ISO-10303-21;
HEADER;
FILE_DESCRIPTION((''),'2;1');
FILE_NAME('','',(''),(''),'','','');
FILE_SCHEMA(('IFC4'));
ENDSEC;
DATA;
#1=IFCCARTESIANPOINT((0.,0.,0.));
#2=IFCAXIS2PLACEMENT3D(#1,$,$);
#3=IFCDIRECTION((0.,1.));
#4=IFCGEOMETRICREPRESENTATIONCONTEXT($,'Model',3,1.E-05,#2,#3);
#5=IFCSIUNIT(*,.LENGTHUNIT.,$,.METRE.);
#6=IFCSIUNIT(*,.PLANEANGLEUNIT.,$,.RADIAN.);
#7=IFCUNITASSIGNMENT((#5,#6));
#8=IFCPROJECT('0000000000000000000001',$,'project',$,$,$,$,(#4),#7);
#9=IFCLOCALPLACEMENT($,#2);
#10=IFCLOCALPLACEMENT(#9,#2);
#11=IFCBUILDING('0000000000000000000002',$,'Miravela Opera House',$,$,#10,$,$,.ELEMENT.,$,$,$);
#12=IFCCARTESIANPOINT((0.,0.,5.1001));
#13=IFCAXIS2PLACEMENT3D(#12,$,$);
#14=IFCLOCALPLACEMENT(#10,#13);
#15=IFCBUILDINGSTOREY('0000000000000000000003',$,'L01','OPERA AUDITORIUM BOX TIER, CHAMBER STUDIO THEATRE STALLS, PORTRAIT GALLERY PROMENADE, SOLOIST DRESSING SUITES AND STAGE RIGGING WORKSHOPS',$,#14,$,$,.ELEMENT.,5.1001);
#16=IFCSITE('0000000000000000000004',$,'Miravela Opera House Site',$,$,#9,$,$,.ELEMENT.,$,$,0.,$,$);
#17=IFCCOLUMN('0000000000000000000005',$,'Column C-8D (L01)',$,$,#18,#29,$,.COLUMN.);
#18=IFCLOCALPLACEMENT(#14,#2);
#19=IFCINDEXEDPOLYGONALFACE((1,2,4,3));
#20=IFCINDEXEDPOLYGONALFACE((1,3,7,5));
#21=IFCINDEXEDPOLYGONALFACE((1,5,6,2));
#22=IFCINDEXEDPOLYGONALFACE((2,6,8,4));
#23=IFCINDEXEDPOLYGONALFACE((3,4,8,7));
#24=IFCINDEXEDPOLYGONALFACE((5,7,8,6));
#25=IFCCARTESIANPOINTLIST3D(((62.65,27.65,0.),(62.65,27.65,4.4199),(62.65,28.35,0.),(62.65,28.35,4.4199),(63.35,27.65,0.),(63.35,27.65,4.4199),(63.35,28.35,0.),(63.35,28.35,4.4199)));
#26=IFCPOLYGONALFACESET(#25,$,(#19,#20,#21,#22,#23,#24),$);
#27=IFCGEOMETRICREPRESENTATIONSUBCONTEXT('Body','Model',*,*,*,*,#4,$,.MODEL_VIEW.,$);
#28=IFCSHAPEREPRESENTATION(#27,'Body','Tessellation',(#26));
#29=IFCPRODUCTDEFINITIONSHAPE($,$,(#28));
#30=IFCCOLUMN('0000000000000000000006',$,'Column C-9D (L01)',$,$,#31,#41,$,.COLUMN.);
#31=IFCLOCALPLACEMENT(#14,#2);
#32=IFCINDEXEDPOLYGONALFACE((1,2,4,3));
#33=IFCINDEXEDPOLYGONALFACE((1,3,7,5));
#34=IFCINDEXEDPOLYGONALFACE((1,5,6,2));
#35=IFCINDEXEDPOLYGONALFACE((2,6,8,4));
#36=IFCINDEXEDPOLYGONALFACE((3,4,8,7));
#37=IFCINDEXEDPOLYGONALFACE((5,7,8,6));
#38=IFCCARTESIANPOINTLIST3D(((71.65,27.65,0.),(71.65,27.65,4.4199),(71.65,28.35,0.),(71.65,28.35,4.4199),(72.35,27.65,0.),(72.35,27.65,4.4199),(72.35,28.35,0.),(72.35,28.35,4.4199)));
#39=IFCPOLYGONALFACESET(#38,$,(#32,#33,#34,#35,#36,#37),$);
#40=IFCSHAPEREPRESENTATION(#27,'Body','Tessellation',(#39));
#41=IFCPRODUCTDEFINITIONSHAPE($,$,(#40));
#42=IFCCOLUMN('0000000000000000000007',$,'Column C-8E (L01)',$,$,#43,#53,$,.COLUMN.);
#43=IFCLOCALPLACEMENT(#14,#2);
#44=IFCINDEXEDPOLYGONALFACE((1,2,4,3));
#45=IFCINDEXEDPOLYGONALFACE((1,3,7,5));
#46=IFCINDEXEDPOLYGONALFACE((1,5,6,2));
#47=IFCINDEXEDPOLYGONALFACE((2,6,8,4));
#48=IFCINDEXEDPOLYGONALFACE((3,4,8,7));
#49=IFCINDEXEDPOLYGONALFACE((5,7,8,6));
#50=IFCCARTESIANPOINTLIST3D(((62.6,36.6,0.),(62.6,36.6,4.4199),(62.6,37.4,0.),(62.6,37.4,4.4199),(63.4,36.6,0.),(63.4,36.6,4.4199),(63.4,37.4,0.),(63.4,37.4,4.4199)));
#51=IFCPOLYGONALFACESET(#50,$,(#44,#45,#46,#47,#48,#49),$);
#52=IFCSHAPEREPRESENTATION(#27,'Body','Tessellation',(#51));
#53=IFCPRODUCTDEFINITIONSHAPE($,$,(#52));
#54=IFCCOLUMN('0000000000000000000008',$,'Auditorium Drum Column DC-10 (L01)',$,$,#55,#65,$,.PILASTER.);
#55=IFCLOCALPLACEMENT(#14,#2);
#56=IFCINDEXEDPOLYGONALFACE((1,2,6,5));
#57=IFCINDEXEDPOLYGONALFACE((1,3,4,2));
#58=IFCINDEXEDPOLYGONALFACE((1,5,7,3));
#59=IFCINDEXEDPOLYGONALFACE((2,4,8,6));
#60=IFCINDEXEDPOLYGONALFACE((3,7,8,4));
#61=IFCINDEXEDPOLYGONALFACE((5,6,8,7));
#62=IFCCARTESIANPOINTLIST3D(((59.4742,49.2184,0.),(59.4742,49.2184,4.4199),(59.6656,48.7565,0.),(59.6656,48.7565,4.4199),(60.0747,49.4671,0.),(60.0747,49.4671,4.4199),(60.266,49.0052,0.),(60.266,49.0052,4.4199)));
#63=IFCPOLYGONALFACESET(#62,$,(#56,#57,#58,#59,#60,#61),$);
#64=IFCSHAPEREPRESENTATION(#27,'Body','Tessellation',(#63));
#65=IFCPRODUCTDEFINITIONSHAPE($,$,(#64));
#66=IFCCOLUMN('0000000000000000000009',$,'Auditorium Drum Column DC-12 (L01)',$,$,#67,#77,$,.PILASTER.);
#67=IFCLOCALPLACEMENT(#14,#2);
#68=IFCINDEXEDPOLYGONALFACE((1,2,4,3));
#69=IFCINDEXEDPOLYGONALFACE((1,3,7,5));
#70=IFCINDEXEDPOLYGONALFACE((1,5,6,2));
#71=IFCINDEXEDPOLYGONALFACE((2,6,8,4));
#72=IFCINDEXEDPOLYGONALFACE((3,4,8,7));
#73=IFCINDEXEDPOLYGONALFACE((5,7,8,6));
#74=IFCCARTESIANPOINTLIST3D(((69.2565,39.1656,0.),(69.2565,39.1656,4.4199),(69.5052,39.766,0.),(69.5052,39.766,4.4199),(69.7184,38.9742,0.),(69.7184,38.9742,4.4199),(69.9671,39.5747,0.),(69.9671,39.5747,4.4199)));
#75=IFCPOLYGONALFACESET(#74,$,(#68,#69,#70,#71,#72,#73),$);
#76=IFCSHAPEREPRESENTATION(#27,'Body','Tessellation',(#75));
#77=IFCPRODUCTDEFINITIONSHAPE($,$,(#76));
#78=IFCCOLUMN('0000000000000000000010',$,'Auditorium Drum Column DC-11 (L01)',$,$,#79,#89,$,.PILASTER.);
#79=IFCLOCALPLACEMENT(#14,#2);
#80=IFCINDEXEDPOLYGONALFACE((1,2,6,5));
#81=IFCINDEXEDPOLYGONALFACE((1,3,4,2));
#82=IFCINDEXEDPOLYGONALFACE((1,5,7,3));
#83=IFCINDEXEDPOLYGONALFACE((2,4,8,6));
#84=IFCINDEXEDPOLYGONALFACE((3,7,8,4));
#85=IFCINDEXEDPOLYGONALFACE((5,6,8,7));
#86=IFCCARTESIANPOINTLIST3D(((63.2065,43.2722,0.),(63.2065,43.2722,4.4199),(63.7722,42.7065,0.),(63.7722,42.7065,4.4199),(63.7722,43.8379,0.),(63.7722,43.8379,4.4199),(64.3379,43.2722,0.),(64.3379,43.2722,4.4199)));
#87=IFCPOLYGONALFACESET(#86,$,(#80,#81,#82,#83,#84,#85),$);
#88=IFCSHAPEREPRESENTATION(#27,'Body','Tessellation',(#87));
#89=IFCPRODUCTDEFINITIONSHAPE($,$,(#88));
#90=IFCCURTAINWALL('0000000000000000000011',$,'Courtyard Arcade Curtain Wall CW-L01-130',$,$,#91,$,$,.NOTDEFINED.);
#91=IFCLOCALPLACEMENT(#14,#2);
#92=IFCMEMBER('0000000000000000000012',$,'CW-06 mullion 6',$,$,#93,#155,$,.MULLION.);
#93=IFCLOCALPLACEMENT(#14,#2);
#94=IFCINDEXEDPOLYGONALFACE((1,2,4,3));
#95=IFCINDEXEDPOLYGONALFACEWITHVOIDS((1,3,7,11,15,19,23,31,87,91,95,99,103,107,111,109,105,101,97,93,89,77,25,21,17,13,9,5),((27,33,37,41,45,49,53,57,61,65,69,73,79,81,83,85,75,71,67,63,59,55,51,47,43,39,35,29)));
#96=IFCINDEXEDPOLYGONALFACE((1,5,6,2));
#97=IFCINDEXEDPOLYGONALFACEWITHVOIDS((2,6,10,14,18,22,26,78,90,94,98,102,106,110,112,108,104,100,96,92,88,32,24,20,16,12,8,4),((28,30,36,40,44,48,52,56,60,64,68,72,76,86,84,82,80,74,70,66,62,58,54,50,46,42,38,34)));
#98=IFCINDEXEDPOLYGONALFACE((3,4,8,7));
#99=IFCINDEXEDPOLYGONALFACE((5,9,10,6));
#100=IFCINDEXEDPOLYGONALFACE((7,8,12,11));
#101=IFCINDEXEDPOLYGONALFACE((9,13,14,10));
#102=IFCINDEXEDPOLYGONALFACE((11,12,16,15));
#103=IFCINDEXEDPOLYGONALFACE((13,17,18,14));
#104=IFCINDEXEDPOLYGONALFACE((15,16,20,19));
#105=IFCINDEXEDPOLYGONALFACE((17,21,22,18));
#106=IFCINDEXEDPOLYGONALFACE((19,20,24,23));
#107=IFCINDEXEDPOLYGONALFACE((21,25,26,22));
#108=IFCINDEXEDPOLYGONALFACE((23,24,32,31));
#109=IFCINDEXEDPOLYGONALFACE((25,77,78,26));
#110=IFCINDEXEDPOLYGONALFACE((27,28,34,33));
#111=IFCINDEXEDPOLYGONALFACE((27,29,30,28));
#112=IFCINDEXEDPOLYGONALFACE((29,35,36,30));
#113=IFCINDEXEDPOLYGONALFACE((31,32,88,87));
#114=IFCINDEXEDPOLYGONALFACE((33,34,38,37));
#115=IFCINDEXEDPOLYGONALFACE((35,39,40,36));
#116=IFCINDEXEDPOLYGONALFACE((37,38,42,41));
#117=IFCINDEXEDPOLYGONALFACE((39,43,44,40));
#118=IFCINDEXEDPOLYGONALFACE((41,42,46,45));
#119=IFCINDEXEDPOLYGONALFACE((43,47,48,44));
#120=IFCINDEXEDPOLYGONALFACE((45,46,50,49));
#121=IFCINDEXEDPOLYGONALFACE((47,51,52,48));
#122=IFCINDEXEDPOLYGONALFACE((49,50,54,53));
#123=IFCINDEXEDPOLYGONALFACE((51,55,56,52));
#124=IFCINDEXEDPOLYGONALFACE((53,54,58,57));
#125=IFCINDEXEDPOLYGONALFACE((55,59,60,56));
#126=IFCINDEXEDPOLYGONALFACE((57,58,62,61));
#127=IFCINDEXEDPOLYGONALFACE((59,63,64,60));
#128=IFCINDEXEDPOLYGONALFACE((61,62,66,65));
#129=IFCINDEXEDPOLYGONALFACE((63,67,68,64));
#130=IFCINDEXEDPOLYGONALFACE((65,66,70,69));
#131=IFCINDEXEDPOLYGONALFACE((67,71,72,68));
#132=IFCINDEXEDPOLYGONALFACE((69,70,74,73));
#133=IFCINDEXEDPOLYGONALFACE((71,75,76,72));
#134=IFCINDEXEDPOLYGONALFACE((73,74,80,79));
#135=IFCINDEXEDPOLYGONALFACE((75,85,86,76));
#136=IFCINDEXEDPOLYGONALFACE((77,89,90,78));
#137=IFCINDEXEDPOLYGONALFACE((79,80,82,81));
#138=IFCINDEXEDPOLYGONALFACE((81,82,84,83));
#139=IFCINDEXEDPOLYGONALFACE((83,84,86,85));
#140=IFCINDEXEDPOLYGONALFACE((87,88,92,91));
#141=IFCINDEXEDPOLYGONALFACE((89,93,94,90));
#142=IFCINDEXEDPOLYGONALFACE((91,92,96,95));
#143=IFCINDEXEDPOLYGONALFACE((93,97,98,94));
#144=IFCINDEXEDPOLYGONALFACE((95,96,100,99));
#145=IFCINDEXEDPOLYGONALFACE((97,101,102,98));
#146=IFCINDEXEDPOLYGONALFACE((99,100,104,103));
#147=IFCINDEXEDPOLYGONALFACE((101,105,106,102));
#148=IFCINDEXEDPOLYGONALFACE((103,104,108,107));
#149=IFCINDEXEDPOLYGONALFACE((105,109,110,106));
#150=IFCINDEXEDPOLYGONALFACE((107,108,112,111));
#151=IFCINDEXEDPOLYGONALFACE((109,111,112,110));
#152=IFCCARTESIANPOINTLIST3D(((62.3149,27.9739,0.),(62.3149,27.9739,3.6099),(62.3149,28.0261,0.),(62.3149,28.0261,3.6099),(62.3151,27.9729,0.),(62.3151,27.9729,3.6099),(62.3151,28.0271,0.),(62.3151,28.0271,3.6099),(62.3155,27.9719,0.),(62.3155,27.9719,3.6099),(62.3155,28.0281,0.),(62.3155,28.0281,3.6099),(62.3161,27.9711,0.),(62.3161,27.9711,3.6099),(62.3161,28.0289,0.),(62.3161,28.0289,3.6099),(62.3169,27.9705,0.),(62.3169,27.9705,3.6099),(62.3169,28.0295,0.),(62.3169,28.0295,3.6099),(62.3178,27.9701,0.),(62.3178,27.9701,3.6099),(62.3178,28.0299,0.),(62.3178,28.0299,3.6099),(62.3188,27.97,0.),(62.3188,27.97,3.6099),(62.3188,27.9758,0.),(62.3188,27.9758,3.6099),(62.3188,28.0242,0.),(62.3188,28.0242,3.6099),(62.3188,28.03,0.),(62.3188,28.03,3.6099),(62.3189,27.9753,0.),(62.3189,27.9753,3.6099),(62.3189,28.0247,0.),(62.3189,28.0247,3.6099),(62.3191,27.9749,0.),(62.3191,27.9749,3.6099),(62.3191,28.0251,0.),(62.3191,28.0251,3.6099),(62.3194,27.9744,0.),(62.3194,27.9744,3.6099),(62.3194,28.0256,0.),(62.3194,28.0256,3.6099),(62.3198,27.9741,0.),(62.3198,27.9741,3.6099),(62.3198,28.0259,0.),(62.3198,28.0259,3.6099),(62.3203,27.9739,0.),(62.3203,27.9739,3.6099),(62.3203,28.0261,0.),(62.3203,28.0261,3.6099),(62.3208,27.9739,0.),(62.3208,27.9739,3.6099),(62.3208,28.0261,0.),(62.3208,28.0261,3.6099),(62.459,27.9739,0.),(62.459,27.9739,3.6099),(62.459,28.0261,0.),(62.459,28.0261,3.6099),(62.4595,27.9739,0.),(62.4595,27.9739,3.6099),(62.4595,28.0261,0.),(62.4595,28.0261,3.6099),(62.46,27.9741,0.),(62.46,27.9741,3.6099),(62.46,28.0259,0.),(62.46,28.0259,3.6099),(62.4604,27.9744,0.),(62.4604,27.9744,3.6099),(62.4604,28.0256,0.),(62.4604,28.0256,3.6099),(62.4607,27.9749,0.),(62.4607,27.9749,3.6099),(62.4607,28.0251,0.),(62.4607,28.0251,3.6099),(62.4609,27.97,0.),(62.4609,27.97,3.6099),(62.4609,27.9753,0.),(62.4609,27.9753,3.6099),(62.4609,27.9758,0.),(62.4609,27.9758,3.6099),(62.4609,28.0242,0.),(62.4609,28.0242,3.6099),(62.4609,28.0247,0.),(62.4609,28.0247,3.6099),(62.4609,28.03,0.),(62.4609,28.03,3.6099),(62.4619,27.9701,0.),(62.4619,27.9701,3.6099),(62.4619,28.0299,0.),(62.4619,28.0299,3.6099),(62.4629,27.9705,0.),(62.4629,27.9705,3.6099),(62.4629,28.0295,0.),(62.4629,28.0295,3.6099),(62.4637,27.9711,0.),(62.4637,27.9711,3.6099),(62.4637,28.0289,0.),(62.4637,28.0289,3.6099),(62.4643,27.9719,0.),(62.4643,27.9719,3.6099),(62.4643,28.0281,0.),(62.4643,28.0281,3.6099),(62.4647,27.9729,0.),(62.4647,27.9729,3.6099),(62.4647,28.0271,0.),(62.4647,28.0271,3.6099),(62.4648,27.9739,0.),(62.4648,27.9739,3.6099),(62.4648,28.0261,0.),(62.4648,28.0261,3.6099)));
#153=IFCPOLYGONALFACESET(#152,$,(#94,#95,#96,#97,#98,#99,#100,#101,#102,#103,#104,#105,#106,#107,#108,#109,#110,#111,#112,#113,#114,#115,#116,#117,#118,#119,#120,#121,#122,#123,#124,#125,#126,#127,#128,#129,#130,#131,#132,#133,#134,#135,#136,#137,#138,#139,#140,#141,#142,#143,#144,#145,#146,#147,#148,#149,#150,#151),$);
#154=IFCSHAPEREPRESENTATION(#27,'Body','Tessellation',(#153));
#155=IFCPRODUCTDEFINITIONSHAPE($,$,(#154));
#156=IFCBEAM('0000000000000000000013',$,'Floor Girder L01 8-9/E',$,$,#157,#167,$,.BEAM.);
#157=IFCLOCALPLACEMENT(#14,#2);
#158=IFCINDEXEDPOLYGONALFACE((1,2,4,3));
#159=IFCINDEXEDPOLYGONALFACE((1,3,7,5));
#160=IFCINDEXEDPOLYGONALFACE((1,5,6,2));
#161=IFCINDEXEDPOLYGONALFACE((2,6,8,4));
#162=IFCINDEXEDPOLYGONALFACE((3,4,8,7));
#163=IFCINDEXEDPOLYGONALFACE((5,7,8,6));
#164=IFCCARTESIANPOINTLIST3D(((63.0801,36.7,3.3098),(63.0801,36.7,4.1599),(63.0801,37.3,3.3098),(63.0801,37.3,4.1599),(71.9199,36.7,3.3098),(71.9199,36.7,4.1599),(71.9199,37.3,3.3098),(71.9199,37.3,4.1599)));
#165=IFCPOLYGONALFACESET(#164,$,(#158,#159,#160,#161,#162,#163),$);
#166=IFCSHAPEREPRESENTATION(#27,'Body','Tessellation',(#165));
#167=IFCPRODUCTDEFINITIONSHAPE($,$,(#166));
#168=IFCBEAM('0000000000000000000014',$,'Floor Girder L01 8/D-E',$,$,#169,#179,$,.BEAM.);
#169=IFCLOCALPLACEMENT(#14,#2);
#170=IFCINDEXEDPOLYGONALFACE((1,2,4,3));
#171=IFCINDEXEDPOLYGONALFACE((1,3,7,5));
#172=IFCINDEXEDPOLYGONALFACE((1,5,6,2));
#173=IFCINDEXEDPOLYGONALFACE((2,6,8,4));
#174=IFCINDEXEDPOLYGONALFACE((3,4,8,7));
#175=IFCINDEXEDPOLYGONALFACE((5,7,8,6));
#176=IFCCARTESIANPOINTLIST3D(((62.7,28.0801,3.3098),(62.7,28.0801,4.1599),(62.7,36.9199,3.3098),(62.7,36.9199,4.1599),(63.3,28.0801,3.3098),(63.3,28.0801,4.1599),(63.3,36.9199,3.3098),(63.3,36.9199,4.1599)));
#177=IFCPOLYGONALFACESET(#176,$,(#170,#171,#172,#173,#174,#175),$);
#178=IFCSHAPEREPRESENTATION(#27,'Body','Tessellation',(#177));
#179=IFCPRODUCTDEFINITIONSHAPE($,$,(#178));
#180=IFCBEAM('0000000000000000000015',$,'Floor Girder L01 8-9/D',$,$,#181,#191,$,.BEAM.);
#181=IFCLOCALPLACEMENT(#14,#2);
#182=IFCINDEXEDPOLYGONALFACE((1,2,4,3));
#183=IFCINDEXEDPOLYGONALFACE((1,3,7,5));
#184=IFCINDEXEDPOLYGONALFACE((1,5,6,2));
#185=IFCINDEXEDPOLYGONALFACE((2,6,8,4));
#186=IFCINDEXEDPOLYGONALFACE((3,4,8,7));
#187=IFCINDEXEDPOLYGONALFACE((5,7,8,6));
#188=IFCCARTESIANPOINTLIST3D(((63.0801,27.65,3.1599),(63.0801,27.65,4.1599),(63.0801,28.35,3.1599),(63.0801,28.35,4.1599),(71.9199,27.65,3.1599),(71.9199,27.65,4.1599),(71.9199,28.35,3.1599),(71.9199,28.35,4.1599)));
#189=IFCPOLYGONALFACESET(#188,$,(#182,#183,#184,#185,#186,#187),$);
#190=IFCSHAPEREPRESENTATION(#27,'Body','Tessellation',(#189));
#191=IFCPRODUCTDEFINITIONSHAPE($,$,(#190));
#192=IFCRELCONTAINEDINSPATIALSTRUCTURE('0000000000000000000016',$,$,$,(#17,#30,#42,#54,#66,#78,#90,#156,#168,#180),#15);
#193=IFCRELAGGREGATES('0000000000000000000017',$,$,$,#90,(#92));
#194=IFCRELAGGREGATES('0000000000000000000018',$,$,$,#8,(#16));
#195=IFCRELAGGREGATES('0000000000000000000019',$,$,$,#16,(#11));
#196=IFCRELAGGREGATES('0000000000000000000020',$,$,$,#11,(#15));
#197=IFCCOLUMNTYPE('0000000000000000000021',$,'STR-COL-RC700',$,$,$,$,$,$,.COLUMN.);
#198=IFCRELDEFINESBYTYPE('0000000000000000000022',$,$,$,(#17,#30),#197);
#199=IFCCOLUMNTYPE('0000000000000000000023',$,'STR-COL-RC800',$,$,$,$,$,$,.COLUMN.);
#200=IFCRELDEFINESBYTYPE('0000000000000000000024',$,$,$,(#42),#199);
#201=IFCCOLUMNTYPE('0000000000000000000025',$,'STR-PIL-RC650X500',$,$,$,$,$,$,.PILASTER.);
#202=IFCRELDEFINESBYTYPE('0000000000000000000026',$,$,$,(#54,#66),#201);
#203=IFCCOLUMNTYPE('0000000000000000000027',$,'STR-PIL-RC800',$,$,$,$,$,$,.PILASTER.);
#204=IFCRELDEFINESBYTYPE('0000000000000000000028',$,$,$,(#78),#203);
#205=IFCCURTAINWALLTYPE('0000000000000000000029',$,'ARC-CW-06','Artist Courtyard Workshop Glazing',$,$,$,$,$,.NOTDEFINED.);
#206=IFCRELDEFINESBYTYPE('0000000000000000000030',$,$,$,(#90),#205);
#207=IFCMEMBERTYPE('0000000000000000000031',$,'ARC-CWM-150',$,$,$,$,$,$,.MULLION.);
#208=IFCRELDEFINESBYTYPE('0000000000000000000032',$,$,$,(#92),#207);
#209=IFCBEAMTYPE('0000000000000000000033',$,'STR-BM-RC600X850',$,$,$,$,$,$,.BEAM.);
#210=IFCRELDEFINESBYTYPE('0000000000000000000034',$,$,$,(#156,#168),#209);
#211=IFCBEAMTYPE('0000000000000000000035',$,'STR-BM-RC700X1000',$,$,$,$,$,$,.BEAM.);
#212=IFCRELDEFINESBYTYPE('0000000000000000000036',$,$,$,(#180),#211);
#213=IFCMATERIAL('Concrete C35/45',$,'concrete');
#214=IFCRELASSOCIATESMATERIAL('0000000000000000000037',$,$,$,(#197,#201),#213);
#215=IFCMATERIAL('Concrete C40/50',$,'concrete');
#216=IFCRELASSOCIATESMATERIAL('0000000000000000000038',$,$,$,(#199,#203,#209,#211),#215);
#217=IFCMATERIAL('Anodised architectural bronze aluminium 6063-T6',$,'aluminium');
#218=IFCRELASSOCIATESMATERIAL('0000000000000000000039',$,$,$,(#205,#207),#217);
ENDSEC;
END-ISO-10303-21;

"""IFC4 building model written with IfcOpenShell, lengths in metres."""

from ifc_helpers import new_model, si_unit, direction, frame, origin, origin_2d, place, context, subcontext, project, spatial, rectangle, hollow_rectangle, extrude, material, material_profile, profile_set, type_object, element, aggregate, save


model = new_model("IFC4")

# Units and contexts
model_context = context("Model", 3, precision=1e-05, world=origin(), true_north=direction((0.0, 1.0)))
body_context = subcontext(model_context, "Body", "Model", "MODEL_VIEW")
ifc_project = project(units=[si_unit("LENGTHUNIT", "METRE"), si_unit("PLANEANGLEUNIT", "RADIAN")], contexts=[model_context])

# Site, building, storey
site_placement = place(None, origin())
site = spatial("IfcSite", under=ifc_project, at=site_placement, Name="Miravela Opera House Site", CompositionType="ELEMENT", RefElevation=0.0)
building_placement = place(site_placement, origin())
building = spatial("IfcBuilding", under=site, at=building_placement, Name="Miravela Opera House", CompositionType="ELEMENT")
storey_placement = place(building_placement, frame((0.0, 0.0, 5.1001)))
storey = spatial("IfcBuildingStorey", under=building, at=storey_placement, Name="L01", Description="OPERA AUDITORIUM BOX TIER, CHAMBER STUDIO THEATRE STALLS, PORTRAIT GALLERY PROMENADE, SOLOIST DRESSING SUITES AND STAGE RIGGING WORKSHOPS", CompositionType="ELEMENT", Elevation=5.1001)

# Columns
ifc_material_1 = material(Name="Concrete C35/45", Category="concrete")
ifc_material_profile_1 = material_profile(ifc_material_1, rectangle(XDim=0.7, YDim=0.7, at=origin_2d()), Name="RC-COL-700X700")
ifc_profile_set_1 = profile_set([ifc_material_profile_1])
column_type_1 = type_object("IfcColumnType", Name="STR-COL-RC700", PredefinedType="COLUMN", material=ifc_profile_set_1)
for number, where, z_axis, x_axis, name in (
    (1, (63.0, 28.0, 0.0), (0.0, 0.0, 1.0), (1.0, 0.0, 0.0), "Column C-8D (L01)"),
    (2, (72.0, 28.0, 0.0), (0.0, 0.0, 1.0), (1.0, 0.0, 0.0), "Column C-9D (L01)"),
):
    element("IfcColumn", number, at=place(storey_placement, frame(where, z_axis=z_axis, x_axis=x_axis)), inside=storey, type_object=column_type_1, Name=name, PredefinedType="COLUMN", context=body_context, shape_type="SweptSolid", body=[
        extrude(rectangle(XDim=0.7, YDim=0.7, at=origin_2d()), origin(), (0.0, 0.0, 1.0), 4.4199),
    ])
ifc_material_2 = material(Name="Concrete C40/50", Category="concrete")
ifc_material_profile_2 = material_profile(ifc_material_2, rectangle(XDim=0.8, YDim=0.8, at=origin_2d()), Name="RC-COL-800X800")
ifc_profile_set_2 = profile_set([ifc_material_profile_2])
column_type_2 = type_object("IfcColumnType", Name="STR-COL-RC800", PredefinedType="COLUMN", material=ifc_profile_set_2)
column_1_placement = place(storey_placement, frame((63.0, 37.0, 0.0), z_axis=(0.0, 0.0, 1.0), x_axis=(1.0, 0.0, 0.0)))
element("IfcColumn", 3, at=column_1_placement, inside=storey, type_object=column_type_2, Name="Column C-8E (L01)", PredefinedType="COLUMN", context=body_context, shape_type="SweptSolid", body=[
    extrude(rectangle(XDim=0.8, YDim=0.8, at=origin_2d()), origin(), (0.0, 0.0, 1.0), 4.4199),
])
ifc_material_profile_3 = material_profile(ifc_material_1, rectangle(XDim=0.6499, YDim=0.5, at=origin_2d()), Name="RC-PIL-650X500")
ifc_profile_set_3 = profile_set([ifc_material_profile_3])
column_type_3 = type_object("IfcColumnType", Name="STR-PIL-RC650X500", PredefinedType="PILASTER", material=ifc_profile_set_3)
for number, where, z_axis, x_axis, name in (
    (4, (59.8701, 49.1118, 0.0), (0.0, 0.0, 1.0), (-0.92388, -0.382683, 0.0), "Auditorium Drum Column DC-10 (L01)"),
    (5, (69.6118, 39.3701, 0.0), (0.0, 0.0, 1.0), (-0.382683, -0.92388, 0.0), "Auditorium Drum Column DC-12 (L01)"),
):
    element("IfcColumn", number, at=place(storey_placement, frame(where, z_axis=z_axis, x_axis=x_axis)), inside=storey, type_object=column_type_3, Name=name, PredefinedType="PILASTER", context=body_context, shape_type="SweptSolid", body=[
        extrude(rectangle(XDim=0.6499, YDim=0.5, at=origin_2d()), origin(), (0.0, 0.0, 1.0), 4.4199),
    ])
ifc_material_profile_4 = material_profile(ifc_material_2, rectangle(XDim=0.8, YDim=0.8, at=origin_2d()), Name="RC-COL-800X800")
ifc_profile_set_4 = profile_set([ifc_material_profile_4])
column_type_4 = type_object("IfcColumnType", Name="STR-PIL-RC800", PredefinedType="PILASTER", material=ifc_profile_set_4)
column_2_placement = place(storey_placement, frame((63.7722, 43.2722, 0.0), z_axis=(0.0, 0.0, 1.0), x_axis=(-0.707107, -0.707107, 0.0)))
element("IfcColumn", 6, at=column_2_placement, inside=storey, type_object=column_type_4, Name="Auditorium Drum Column DC-11 (L01)", PredefinedType="PILASTER", context=body_context, shape_type="SweptSolid", body=[
    extrude(rectangle(XDim=0.8, YDim=0.8, at=origin_2d()), origin(), (0.0, 0.0, 1.0), 4.4199),
])

# Curtain wall, member
ifc_material_3 = material(Name="Anodised architectural bronze aluminium 6063-T6", Category="aluminium")
curtain_wall_type = type_object("IfcCurtainWallType", Name="ARC-CW-06", Description="Artist Courtyard Workshop Glazing", PredefinedType="NOTDEFINED", material=ifc_material_3)
curtain_wall_placement = place(storey_placement, origin())
curtain_wall = element("IfcCurtainWall", 7, at=curtain_wall_placement, inside=storey, type_object=curtain_wall_type, Name="Courtyard Arcade Curtain Wall CW-L01-130", PredefinedType="NOTDEFINED")
ifc_material_profile_5 = material_profile(ifc_material_3, hollow_rectangle(XDim=0.0601, YDim=0.1499, WallThickness=0.0039, InnerFilletRadius=0.002, OuterFilletRadius=0.0039, at=origin_2d()), Name="CWM-60X150")
ifc_profile_set_5 = profile_set([ifc_material_profile_5])
member_type = type_object("IfcMemberType", Name="ARC-CWM-150", PredefinedType="MULLION", material=ifc_profile_set_5)
member_placement = place(storey_placement, frame((62.3899, 28.0, 0.0), z_axis=(0.0, 0.0, 1.0), x_axis=(0.0, 1.0, 0.0)))
member = element("IfcMember", 8, at=member_placement, type_object=member_type, Name="CW-06 mullion 6", PredefinedType="MULLION", context=body_context, shape_type="SweptSolid", body=[
    extrude(hollow_rectangle(XDim=0.0601, YDim=0.1499, WallThickness=0.0039, InnerFilletRadius=0.002, OuterFilletRadius=0.0039, at=origin_2d()), origin(), (0.0, 0.0, 1.0), 3.6099),
])

# Beams
ifc_material_profile_6 = material_profile(ifc_material_2, rectangle(XDim=0.6001, YDim=0.8501, at=origin_2d()), Name="RC-BM-600X850")
ifc_profile_set_6 = profile_set([ifc_material_profile_6])
beam_type_1 = type_object("IfcBeamType", Name="STR-BM-RC600X850", PredefinedType="BEAM", material=ifc_profile_set_6)
for number, where, z_axis, x_axis, name in (
    (9, (63.0801, 37.0, 3.7349), (1.0, 0.0, 0.0), (0.0, 1.0, 0.0), "Floor Girder L01 8-9/E"),
    (10, (63.0, 28.0801, 3.7349), (0.0, 1.0, 0.0), (-1.0, 0.0, 0.0), "Floor Girder L01 8/D-E"),
):
    element("IfcBeam", number, at=place(storey_placement, frame(where, z_axis=z_axis, x_axis=x_axis)), inside=storey, type_object=beam_type_1, Name=name, PredefinedType="BEAM", context=body_context, shape_type="SweptSolid", body=[
        extrude(rectangle(XDim=0.6001, YDim=0.8501, at=origin_2d()), origin(), (0.0, 0.0, 1.0), 8.8398),
    ])
ifc_material_profile_7 = material_profile(ifc_material_2, rectangle(XDim=0.7, YDim=1.0, at=origin_2d()), Name="RC-BM-700X1000")
ifc_profile_set_7 = profile_set([ifc_material_profile_7])
beam_type_2 = type_object("IfcBeamType", Name="STR-BM-RC700X1000", PredefinedType="BEAM", material=ifc_profile_set_7)
beam_1_placement = place(storey_placement, frame((63.0801, 28.0, 3.6599), z_axis=(1.0, 0.0, 0.0), x_axis=(0.0, 1.0, 0.0)))
element("IfcBeam", 11, at=beam_1_placement, inside=storey, type_object=beam_type_2, Name="Floor Girder L01 8-9/D", PredefinedType="BEAM", context=body_context, shape_type="SweptSolid", body=[
    extrude(rectangle(XDim=0.7, YDim=1.0, at=origin_2d()), origin(), (0.0, 0.0, 1.0), 8.8398),
])

aggregate(curtain_wall, [member])

save(model, "model.ifc")
